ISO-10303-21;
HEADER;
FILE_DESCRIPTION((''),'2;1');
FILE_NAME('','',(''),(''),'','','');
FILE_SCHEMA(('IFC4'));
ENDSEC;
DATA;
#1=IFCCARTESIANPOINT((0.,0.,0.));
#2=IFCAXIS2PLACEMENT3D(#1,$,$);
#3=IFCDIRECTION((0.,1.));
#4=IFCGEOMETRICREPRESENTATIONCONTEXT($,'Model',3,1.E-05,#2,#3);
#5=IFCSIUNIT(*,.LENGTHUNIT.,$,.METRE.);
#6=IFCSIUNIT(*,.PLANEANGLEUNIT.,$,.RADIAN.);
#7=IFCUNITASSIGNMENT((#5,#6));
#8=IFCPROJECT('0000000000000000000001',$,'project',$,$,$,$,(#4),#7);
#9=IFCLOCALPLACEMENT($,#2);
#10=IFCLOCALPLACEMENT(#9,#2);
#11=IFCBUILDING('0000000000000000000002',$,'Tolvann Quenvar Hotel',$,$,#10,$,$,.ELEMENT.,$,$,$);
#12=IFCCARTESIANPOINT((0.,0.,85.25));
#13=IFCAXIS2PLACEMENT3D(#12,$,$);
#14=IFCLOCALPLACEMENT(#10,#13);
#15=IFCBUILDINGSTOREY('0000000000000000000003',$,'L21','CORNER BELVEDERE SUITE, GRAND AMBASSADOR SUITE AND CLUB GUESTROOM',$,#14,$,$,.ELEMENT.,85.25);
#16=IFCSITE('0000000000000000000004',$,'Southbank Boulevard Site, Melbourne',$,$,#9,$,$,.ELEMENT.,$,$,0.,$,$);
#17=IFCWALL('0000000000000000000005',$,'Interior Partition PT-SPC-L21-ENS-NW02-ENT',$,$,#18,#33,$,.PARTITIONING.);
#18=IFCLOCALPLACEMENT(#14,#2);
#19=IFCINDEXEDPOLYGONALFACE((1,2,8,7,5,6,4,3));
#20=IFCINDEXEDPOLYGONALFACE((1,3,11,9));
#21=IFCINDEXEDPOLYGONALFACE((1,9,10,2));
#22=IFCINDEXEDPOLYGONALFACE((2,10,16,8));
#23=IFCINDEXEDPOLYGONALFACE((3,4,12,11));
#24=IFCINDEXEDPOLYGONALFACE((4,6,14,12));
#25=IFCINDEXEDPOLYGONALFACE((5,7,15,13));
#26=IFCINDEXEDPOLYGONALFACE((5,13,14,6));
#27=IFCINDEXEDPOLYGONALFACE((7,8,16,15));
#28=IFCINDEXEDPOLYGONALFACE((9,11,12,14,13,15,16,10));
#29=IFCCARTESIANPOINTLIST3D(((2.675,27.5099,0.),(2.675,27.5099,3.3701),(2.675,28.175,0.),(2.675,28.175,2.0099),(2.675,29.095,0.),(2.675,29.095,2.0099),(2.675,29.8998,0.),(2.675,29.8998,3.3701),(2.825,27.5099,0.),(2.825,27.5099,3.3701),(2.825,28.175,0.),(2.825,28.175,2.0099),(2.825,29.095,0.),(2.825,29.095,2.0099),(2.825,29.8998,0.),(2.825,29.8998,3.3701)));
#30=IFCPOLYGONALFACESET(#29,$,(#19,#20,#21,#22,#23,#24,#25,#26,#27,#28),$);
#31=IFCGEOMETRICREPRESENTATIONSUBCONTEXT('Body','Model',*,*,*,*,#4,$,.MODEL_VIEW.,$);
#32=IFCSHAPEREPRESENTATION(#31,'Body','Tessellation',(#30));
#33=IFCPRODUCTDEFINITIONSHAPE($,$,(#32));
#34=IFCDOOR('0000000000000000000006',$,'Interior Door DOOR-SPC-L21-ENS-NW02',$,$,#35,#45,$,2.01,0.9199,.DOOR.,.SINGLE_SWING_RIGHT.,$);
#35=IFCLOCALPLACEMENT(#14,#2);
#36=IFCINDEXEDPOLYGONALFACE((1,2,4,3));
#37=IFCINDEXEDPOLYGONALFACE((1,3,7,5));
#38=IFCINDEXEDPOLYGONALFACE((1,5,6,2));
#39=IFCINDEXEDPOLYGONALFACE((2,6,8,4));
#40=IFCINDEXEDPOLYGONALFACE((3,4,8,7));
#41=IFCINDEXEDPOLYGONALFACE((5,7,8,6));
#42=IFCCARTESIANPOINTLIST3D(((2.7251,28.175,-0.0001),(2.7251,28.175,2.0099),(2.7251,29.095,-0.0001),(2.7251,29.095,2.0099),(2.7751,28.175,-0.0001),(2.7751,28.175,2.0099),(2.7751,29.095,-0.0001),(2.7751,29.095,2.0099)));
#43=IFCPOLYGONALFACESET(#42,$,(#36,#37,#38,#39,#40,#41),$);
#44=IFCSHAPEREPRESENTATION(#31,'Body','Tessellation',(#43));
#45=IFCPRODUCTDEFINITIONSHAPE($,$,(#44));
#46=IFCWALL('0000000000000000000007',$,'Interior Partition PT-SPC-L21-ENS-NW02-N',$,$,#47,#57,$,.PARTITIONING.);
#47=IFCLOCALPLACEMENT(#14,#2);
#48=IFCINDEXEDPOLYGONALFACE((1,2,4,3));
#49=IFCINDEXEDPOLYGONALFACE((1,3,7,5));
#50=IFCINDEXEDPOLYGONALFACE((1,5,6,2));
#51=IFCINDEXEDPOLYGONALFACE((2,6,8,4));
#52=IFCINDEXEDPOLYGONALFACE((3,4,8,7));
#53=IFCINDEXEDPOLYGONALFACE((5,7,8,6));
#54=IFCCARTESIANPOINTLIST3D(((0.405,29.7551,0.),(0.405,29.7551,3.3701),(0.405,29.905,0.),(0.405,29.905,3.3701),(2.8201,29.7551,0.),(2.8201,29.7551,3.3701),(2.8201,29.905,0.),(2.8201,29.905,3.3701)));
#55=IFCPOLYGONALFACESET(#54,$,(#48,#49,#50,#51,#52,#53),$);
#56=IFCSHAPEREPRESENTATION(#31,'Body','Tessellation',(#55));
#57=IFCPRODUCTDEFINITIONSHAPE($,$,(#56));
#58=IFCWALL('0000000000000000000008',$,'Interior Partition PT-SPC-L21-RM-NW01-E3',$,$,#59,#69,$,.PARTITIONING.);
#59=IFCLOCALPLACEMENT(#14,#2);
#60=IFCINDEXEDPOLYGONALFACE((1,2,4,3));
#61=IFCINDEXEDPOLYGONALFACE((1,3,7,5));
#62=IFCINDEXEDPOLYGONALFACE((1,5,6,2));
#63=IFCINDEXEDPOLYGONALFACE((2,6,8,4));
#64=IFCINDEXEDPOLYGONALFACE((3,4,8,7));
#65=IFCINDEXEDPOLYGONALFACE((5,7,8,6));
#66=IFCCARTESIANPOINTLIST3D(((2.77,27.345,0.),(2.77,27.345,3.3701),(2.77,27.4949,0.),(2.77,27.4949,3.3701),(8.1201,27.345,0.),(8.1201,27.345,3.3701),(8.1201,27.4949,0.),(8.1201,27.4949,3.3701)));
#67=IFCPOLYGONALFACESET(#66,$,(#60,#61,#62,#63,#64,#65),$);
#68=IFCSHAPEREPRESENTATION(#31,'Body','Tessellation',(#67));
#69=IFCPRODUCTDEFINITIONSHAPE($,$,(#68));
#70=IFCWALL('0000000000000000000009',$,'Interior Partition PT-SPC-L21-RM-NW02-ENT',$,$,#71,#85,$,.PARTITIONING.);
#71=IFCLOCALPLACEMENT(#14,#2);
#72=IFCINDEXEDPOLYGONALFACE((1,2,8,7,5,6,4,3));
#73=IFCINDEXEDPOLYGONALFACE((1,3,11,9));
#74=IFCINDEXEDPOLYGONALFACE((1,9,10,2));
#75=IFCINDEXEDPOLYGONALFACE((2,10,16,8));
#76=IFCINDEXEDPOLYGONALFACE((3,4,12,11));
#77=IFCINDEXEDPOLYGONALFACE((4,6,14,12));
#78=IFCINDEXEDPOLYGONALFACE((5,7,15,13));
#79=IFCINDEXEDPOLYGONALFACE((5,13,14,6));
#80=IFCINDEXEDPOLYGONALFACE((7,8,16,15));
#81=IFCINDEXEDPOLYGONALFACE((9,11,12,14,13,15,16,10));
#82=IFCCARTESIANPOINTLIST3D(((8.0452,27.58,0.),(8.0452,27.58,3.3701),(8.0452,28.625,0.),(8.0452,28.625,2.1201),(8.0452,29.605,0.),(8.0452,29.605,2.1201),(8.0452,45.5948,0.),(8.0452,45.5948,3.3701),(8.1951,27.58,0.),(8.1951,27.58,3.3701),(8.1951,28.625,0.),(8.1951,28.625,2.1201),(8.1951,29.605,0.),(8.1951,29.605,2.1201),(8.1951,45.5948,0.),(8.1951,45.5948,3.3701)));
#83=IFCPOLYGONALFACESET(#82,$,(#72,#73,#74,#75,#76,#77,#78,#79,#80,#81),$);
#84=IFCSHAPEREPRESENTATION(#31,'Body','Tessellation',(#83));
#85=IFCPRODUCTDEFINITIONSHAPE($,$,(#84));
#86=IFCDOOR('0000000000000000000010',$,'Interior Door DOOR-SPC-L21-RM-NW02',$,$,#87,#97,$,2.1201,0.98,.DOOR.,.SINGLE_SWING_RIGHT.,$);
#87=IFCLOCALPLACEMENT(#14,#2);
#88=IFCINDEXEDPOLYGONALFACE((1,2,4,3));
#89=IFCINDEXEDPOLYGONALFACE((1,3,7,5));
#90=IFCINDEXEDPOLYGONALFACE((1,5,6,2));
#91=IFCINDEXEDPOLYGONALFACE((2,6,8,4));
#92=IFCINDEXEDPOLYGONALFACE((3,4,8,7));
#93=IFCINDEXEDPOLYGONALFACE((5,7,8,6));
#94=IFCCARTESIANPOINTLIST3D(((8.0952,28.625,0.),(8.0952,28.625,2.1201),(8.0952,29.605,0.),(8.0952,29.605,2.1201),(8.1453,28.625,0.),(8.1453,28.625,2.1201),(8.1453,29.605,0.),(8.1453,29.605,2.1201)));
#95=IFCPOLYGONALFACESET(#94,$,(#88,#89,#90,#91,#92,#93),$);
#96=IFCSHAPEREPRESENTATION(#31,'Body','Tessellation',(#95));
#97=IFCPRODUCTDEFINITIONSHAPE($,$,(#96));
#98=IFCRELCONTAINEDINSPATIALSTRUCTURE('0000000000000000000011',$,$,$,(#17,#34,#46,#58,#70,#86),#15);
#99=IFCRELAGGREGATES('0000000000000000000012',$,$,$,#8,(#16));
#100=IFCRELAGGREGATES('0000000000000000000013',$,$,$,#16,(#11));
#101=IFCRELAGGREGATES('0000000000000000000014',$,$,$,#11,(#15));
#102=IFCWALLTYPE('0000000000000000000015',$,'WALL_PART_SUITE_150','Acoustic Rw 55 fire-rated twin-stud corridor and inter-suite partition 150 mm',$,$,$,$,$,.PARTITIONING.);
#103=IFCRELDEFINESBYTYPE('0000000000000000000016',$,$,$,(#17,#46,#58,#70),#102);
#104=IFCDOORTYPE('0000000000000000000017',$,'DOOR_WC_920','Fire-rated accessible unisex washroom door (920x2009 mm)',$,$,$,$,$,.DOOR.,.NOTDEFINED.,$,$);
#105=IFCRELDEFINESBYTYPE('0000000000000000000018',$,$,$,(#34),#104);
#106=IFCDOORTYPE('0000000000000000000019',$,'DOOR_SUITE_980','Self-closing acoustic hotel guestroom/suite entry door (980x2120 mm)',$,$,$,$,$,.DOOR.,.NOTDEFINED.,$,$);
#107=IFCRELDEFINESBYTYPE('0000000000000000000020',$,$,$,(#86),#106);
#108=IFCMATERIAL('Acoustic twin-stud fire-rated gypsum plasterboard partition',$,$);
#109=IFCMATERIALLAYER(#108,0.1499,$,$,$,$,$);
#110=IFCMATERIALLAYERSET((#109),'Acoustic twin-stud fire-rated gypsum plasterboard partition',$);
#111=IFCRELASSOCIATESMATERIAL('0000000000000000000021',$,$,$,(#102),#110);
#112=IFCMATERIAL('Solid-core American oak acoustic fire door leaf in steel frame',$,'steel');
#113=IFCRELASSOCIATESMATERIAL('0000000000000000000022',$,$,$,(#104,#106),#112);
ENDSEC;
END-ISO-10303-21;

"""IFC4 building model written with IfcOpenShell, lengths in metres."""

from ifc_helpers import new_model, si_unit, direction, frame, frame_2d, origin, place, context, subcontext, project, spatial, rectangle, extrude, source, transform, mapped, material, layer, layer_set, type_object, type_shapes, element, fill, save


model = new_model("IFC4")

# Units and contexts
model_context = context("Model", 3, precision=1e-05, world=origin(), true_north=direction((0.0, 1.0)))
body_context = subcontext(model_context, "Body", "Model", "MODEL_VIEW")
ifc_project = project(units=[si_unit("LENGTHUNIT", "METRE"), si_unit("PLANEANGLEUNIT", "RADIAN")], contexts=[model_context])

# Site, building, storey
site_placement = place(None, origin())
site = spatial("IfcSite", under=ifc_project, at=site_placement, Name="Southbank Boulevard Site, Melbourne", CompositionType="ELEMENT", RefElevation=0.0)
building_placement = place(site_placement, origin())
building = spatial("IfcBuilding", under=site, at=building_placement, Name="Tolvann Quenvar Hotel", CompositionType="ELEMENT")
storey_placement = place(building_placement, frame((0.0, 0.0, 85.25)))
storey = spatial("IfcBuildingStorey", under=building, at=storey_placement, Name="L21", Description="CORNER BELVEDERE SUITE, GRAND AMBASSADOR SUITE AND CLUB GUESTROOM", CompositionType="ELEMENT", Elevation=85.25)

# Shared definitions
ifc_material_1 = material(Name="Solid-core American oak acoustic fire door leaf in steel frame", Category="steel")

# Shared definitions
ifc_material_2 = material(Name="Acoustic twin-stud fire-rated gypsum plasterboard partition")

# Wall, opening, door
ifc_layer_1 = layer(ifc_material_2, 0.1499)
ifc_layer_set_1 = layer_set([ifc_layer_1], Name="Acoustic twin-stud fire-rated gypsum plasterboard partition")
wall_type_1 = type_object("IfcWallType", Name="WALL_PART_SUITE_150", Description="Acoustic Rw 55 fire-rated twin-stud corridor and inter-suite partition 150 mm", PredefinedType="PARTITIONING", material=ifc_layer_set_1)
wall_1_placement = place(storey_placement, frame((2.75, 27.51, 0.0), z_axis=(0.0, 0.0, 1.0), x_axis=(0.0, 1.0, 0.0)))
wall_1 = element("IfcWall", 1, at=wall_1_placement, inside=storey, type_object=wall_type_1, Name="Interior Partition PT-SPC-L21-ENS-NW02-ENT", PredefinedType="PARTITIONING", context=body_context, shape_type="SweptSolid", body=[
    extrude(rectangle(XDim=2.3899, YDim=0.1499, at=frame_2d((1.1948, 0.0))), origin(), (0.0, 0.0, 1.0), 3.3701),
])
opening_1_placement = place(wall_1_placement, frame((0.665, 0.0, 0.0)))
opening_1 = element("IfcOpeningElement", 2, at=opening_1_placement, cuts=wall_1, PredefinedType="OPENING", context=body_context, shape_type="SweptSolid", body=[
    extrude(rectangle(XDim=0.9199, YDim=2.01, at=frame_2d((0.46, 1.0049))), frame((0.0, 0.085, 0.0), z_axis=(0.0, -1.0, 0.0), x_axis=(1.0, 0.0, 0.0)), (0.0, 0.0, 1.0), 0.1699),
])
door_type_1 = type_object("IfcDoorType", Name="DOOR_WC_920", Description="Fire-rated accessible unisex washroom door (920x2009 mm)", OperationType="NOTDEFINED", PredefinedType="DOOR", material=ifc_material_1)
shared_shape_1 = source(origin(), body_context, "Body", "SweptSolid", [
    extrude(rectangle(XDim=0.9199, YDim=2.01, at=frame_2d((0.46, 1.0049))), frame((0.0, 0.0249, 0.0), z_axis=(0.0, -1.0, 0.0), x_axis=(1.0, 0.0, 0.0)), (0.0, 0.0, 1.0), 0.05),
])
type_shapes(door_type_1, [shared_shape_1])
door_1_placement = place(opening_1_placement, origin())
door_1 = element("IfcDoor", 3, at=door_1_placement, inside=storey, type_object=door_type_1, Name="Interior Door DOOR-SPC-L21-ENS-NW02", OperationType="SINGLE_SWING_RIGHT", OverallHeight=2.01, OverallWidth=0.9199, PredefinedType="DOOR", context=body_context, shape_type="MappedRepresentation", body=[
    mapped(shared_shape_1, transform((0.0, 0.0, 0.0), x_axis=(1.0, 0.0, 0.0), y_axis=(0.0, 1.0, 0.0), z_axis=(0.0, 0.0, 1.0), scale=1.0)),
])
fill(opening_1, door_1)

# Walls
wall_2_placement = place(storey_placement, frame((0.405, 29.8301, 0.0), z_axis=(0.0, 0.0, 1.0), x_axis=(1.0, 0.0, 0.0)))
element("IfcWall", 4, at=wall_2_placement, inside=storey, type_object=wall_type_1, Name="Interior Partition PT-SPC-L21-ENS-NW02-N", PredefinedType="PARTITIONING", context=body_context, shape_type="SweptSolid", body=[
    extrude(rectangle(XDim=2.415, YDim=0.1499, at=frame_2d((1.2075, 0.0))), origin(), (0.0, 0.0, 1.0), 3.3701),
])
wall_3_placement = place(storey_placement, frame((2.77, 27.4199, 0.0), z_axis=(0.0, 0.0, 1.0), x_axis=(1.0, 0.0, 0.0)))
element("IfcWall", 5, at=wall_3_placement, inside=storey, type_object=wall_type_1, Name="Interior Partition PT-SPC-L21-RM-NW01-E3", PredefinedType="PARTITIONING", context=body_context, shape_type="SweptSolid", body=[
    extrude(rectangle(XDim=5.3501, YDim=0.1499, at=frame_2d((2.675, 0.0))), origin(), (0.0, 0.0, 1.0), 3.3701),
])

# Wall, opening, door
wall_4_placement = place(storey_placement, frame((8.1201, 27.5801, 0.0), z_axis=(0.0, 0.0, 1.0), x_axis=(0.0, 1.0, 0.0)))
wall_4 = element("IfcWall", 6, at=wall_4_placement, inside=storey, type_object=wall_type_1, Name="Interior Partition PT-SPC-L21-RM-NW02-ENT", PredefinedType="PARTITIONING", context=body_context, shape_type="SweptSolid", body=[
    extrude(rectangle(XDim=18.0149, YDim=0.1499, at=frame_2d((9.0073, 0.0))), origin(), (0.0, 0.0, 1.0), 3.3701),
])
opening_2_placement = place(wall_4_placement, frame((1.0449, 0.0, 0.0)))
opening_2 = element("IfcOpeningElement", 7, at=opening_2_placement, cuts=wall_4, PredefinedType="OPENING", context=body_context, shape_type="SweptSolid", body=[
    extrude(rectangle(XDim=0.98, YDim=2.1201, at=frame_2d((0.49, 1.0601))), frame((0.0, 0.085, 0.0), z_axis=(0.0, -1.0, 0.0), x_axis=(1.0, 0.0, 0.0)), (0.0, 0.0, 1.0), 0.1699),
])
door_type_2 = type_object("IfcDoorType", Name="DOOR_SUITE_980", Description="Self-closing acoustic hotel guestroom/suite entry door (980x2120 mm)", OperationType="NOTDEFINED", PredefinedType="DOOR", material=ifc_material_1)
shared_shape_2 = source(origin(), body_context, "Body", "SweptSolid", [
    extrude(rectangle(XDim=0.98, YDim=2.1201, at=frame_2d((0.49, 1.0601))), frame((0.0, 0.0249, 0.0), z_axis=(0.0, -1.0, 0.0), x_axis=(1.0, 0.0, 0.0)), (0.0, 0.0, 1.0), 0.05),
])
type_shapes(door_type_2, [shared_shape_2])
door_2_placement = place(opening_2_placement, origin())
door_2 = element("IfcDoor", 8, at=door_2_placement, inside=storey, type_object=door_type_2, Name="Interior Door DOOR-SPC-L21-RM-NW02", OperationType="SINGLE_SWING_RIGHT", OverallHeight=2.1201, OverallWidth=0.98, PredefinedType="DOOR", context=body_context, shape_type="MappedRepresentation", body=[
    mapped(shared_shape_2, transform((0.0, 0.0, 0.0), x_axis=(1.0, 0.0, 0.0), y_axis=(0.0, 1.0, 0.0), z_axis=(0.0, 0.0, 1.0), scale=1.0)),
])
fill(opening_2, door_2)

save(model, "model.ifc")
